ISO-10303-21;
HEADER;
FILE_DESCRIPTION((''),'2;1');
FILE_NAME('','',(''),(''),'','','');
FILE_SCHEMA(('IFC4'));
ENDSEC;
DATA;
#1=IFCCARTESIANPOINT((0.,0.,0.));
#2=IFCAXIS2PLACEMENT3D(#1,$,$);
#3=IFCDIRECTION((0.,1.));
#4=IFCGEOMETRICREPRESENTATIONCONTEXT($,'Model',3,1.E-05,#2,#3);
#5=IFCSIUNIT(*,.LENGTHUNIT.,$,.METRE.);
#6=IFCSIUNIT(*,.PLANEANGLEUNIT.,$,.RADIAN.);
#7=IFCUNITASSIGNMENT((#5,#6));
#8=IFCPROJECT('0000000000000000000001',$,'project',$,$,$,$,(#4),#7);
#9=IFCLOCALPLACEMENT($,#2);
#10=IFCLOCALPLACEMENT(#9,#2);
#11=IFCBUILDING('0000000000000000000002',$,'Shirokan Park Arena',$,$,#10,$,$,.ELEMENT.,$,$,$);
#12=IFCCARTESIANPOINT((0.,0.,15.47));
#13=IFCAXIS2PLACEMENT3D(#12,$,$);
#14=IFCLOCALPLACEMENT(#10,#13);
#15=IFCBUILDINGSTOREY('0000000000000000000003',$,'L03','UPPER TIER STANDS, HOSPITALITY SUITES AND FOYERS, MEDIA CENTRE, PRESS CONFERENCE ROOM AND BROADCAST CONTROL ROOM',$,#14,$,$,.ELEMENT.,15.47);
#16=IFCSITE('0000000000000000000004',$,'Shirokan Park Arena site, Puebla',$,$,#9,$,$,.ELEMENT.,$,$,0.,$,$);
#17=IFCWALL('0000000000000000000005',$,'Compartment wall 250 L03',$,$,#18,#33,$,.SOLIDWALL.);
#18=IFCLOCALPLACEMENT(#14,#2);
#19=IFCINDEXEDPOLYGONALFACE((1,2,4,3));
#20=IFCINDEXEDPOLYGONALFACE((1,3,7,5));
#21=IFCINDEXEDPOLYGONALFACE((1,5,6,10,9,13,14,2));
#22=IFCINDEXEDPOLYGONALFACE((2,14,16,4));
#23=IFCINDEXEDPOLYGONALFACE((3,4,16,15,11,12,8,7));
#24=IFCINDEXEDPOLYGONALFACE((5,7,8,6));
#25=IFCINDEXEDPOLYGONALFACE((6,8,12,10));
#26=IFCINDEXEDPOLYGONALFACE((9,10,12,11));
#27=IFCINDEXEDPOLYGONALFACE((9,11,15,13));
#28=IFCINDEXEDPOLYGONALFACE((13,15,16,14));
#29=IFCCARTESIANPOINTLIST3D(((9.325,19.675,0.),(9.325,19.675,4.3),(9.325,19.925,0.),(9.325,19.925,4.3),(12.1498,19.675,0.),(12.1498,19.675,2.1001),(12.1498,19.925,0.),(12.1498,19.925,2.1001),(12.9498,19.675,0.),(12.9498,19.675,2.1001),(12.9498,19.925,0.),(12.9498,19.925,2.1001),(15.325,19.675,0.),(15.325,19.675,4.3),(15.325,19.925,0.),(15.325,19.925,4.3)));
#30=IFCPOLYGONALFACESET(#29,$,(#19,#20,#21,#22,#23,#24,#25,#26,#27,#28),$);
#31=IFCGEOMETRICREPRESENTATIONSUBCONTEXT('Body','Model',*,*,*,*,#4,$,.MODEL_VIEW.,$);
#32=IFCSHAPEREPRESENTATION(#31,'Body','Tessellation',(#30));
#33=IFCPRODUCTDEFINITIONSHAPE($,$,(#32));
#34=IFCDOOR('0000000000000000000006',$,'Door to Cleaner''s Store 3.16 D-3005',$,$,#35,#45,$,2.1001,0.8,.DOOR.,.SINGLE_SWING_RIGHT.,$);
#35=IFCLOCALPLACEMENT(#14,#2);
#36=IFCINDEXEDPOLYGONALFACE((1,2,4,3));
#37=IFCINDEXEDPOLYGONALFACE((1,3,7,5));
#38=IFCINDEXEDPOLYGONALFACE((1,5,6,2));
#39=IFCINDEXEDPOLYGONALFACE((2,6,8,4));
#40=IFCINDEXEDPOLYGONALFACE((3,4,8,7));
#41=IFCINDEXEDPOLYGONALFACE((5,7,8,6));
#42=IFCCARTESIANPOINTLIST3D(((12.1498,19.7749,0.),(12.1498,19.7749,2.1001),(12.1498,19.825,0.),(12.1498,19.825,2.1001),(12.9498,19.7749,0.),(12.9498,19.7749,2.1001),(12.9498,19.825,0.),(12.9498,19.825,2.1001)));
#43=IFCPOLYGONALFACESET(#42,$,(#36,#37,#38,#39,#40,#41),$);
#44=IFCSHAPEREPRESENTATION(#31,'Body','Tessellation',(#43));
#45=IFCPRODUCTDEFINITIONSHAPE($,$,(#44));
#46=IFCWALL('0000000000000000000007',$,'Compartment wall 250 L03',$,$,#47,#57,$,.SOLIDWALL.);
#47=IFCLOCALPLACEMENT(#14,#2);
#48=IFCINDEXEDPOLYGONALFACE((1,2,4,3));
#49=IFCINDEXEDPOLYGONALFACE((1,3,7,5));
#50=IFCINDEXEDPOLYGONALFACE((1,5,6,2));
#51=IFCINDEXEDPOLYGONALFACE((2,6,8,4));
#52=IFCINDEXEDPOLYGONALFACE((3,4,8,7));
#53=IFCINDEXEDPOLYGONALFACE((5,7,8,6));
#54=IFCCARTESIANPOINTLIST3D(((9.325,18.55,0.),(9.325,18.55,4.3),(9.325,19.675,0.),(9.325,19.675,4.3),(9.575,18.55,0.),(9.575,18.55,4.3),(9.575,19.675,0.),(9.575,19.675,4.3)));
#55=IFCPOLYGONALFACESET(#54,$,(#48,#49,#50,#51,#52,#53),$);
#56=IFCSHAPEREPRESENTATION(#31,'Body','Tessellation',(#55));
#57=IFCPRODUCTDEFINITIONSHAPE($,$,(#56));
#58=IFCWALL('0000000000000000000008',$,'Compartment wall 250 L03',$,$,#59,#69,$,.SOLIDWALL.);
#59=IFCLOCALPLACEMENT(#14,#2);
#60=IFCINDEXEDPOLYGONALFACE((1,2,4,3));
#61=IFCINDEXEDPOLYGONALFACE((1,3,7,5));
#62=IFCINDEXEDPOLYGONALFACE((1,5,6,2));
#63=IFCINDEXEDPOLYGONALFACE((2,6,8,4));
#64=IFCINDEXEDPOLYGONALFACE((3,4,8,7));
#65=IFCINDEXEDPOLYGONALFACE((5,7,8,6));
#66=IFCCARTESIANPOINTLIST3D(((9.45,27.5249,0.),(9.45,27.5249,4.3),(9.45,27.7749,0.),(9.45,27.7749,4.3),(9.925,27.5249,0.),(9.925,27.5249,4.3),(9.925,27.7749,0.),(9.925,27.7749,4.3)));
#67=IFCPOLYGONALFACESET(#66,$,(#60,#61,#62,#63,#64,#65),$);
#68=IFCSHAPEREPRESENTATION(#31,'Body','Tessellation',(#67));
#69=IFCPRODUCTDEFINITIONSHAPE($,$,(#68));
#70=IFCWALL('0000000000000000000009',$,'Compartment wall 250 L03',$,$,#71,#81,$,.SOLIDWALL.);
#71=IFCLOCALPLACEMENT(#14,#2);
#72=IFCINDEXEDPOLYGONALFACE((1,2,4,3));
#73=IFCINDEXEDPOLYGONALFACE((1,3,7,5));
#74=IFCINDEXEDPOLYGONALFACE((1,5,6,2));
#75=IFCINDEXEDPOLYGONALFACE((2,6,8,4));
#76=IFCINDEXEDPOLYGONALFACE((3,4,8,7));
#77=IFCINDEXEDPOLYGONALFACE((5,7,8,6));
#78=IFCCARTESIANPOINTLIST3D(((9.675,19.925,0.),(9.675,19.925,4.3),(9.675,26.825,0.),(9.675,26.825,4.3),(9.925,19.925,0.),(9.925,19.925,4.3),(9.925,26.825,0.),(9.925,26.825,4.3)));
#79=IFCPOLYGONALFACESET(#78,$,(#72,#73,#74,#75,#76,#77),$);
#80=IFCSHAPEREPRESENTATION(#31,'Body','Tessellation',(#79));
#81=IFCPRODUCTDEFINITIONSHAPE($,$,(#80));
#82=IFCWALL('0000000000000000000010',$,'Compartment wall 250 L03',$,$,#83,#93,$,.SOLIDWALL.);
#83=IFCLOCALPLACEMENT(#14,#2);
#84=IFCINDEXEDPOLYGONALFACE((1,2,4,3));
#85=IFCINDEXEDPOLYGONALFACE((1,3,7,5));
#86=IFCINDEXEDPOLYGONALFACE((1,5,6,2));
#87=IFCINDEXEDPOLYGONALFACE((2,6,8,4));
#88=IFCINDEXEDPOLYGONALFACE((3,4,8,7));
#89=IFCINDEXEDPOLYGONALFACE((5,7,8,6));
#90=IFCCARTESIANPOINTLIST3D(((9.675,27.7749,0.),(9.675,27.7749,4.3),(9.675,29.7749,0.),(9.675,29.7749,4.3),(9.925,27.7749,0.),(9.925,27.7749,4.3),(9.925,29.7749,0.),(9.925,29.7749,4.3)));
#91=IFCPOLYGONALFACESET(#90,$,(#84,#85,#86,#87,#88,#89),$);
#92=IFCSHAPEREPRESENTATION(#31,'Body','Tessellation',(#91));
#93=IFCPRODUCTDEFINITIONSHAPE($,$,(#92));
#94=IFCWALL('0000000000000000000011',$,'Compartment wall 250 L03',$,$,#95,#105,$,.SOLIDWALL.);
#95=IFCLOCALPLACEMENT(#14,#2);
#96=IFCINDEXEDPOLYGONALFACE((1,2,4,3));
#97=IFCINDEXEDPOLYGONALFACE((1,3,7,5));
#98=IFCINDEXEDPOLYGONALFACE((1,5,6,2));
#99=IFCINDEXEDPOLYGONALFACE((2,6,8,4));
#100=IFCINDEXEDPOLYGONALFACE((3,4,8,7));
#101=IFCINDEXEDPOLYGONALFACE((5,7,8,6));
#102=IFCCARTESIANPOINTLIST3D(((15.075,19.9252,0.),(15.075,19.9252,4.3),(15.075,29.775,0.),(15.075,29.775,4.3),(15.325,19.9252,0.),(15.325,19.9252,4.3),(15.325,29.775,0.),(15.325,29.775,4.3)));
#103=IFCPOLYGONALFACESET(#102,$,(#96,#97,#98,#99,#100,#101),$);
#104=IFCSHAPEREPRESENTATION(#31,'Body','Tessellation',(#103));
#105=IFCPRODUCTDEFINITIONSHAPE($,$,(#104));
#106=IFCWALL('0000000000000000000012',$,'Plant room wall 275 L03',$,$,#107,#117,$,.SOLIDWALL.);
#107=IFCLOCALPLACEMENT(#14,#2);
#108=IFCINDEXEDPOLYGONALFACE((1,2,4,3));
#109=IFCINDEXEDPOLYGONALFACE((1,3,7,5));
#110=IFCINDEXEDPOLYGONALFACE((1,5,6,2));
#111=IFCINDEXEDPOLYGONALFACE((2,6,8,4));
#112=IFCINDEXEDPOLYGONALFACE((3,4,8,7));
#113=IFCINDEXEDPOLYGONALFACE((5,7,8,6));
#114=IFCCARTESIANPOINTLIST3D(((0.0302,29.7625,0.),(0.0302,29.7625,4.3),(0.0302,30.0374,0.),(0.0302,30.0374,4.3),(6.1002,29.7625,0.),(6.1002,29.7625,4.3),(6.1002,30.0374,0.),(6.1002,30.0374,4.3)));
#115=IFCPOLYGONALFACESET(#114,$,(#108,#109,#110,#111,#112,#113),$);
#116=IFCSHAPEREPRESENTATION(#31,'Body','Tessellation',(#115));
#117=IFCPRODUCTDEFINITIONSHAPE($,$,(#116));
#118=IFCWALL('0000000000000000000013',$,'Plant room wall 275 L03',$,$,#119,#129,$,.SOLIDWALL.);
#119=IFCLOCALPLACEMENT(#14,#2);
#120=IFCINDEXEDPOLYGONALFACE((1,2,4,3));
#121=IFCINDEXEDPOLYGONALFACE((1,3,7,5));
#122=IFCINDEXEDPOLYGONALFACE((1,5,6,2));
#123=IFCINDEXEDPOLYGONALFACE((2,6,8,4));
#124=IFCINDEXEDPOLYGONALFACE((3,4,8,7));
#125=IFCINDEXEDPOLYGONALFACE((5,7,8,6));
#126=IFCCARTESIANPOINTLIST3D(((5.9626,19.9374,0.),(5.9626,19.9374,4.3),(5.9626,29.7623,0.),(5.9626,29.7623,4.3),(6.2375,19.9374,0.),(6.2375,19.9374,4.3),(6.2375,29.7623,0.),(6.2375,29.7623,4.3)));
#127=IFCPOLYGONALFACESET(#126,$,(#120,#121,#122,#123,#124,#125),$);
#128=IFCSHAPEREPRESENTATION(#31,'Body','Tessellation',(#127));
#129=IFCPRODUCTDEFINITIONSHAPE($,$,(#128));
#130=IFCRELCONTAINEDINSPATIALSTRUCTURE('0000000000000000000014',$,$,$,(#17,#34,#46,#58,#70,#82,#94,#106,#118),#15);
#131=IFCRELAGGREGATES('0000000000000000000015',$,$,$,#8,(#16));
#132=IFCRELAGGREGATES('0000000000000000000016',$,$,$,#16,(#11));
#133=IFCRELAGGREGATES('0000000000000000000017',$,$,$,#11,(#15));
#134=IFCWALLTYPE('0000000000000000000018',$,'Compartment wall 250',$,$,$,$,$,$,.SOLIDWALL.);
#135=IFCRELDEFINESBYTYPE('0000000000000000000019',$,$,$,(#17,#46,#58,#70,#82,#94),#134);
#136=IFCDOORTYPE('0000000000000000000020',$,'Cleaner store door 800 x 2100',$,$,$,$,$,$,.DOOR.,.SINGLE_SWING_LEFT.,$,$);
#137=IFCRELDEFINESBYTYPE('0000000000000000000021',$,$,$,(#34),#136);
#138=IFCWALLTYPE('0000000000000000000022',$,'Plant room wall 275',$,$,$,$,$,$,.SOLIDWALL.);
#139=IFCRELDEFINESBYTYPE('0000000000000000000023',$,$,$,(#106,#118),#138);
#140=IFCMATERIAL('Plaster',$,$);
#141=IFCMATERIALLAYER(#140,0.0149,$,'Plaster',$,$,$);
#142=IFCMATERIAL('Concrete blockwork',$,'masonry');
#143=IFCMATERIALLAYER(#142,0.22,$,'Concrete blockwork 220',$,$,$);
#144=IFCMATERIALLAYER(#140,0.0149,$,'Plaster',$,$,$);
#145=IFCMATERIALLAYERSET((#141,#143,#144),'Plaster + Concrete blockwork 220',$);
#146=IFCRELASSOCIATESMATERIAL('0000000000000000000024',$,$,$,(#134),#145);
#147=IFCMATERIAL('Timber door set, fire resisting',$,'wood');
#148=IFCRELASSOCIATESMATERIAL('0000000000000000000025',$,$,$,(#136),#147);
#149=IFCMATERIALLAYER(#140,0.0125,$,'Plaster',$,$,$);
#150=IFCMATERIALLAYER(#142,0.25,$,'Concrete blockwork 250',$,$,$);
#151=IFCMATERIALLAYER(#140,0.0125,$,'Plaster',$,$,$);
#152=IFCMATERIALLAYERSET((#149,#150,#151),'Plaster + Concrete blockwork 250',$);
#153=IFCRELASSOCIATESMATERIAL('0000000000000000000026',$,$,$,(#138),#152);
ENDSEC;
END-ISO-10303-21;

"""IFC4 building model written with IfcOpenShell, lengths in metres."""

from ifc_helpers import new_model, si_unit, direction, frame, frame_2d, origin, place, context, subcontext, project, spatial, rectangle, extrude, material, layer, layer_set, type_object, element, fill, save


model = new_model("IFC4")

# Units and contexts
model_context = context("Model", 3, precision=1e-05, world=origin(), true_north=direction((0.0, 1.0)))
body_context = subcontext(model_context, "Body", "Model", "MODEL_VIEW")
ifc_project = project(units=[si_unit("LENGTHUNIT", "METRE"), si_unit("PLANEANGLEUNIT", "RADIAN")], contexts=[model_context])

# Site, building, storey
site_placement = place(None, origin())
site = spatial("IfcSite", under=ifc_project, at=site_placement, Name="Shirokan Park Arena site, Puebla", CompositionType="ELEMENT", RefElevation=0.0)
building_placement = place(site_placement, origin())
building = spatial("IfcBuilding", under=site, at=building_placement, Name="Shirokan Park Arena", CompositionType="ELEMENT")
storey_placement = place(building_placement, frame((0.0, 0.0, 15.47)))
storey = spatial("IfcBuildingStorey", under=building, at=storey_placement, Name="L03", Description="UPPER TIER STANDS, HOSPITALITY SUITES AND FOYERS, MEDIA CENTRE, PRESS CONFERENCE ROOM AND BROADCAST CONTROL ROOM", CompositionType="ELEMENT", Elevation=15.47)

# Shared definitions
ifc_material_1 = material(Name="Plaster")
ifc_layer_1 = layer(ifc_material_1, 0.0149, Name="Plaster")
ifc_material_2 = material(Name="Concrete blockwork", Category="masonry")
ifc_layer_2 = layer(ifc_material_2, 0.22, Name="Concrete blockwork 220")
ifc_layer_3 = layer(ifc_material_1, 0.0149, Name="Plaster")
ifc_layer_set_1 = layer_set([ifc_layer_1, ifc_layer_2, ifc_layer_3], Name="Plaster + Concrete blockwork 220")
wall_type_1 = type_object("IfcWallType", Name="Compartment wall 250", PredefinedType="SOLIDWALL", material=ifc_layer_set_1)
ifc_material_3 = material(Name="Timber door set, fire resisting", Category="wood")
door_type_1 = type_object("IfcDoorType", Name="Cleaner store door 800 x 2100", OperationType="SINGLE_SWING_LEFT", PredefinedType="DOOR", material=ifc_material_3)

# Wall, opening, door
wall_1_placement = place(storey_placement, frame((9.325, 19.8, 0.0), z_axis=(0.0, 0.0, 1.0), x_axis=(1.0, 0.0, 0.0)))
wall_1 = element("IfcWall", 1, at=wall_1_placement, inside=storey, type_object=wall_type_1, Name="Compartment wall 250 L03", PredefinedType="SOLIDWALL", context=body_context, shape_type="SweptSolid", body=[
    extrude(rectangle(XDim=6.0, YDim=0.25, at=frame_2d((3.0, 0.0))), origin(), (0.0, 0.0, 1.0), 4.3),
])
opening_1_placement = place(wall_1_placement, frame((2.825, 0.0, 0.0)))
opening_1 = element("IfcOpeningElement", 2, at=opening_1_placement, cuts=wall_1, PredefinedType="OPENING", context=body_context, shape_type="SweptSolid", body=[
    extrude(rectangle(XDim=0.8, YDim=2.1001, at=frame_2d((0.3999, 1.05))), frame((0.0, 0.135, 0.0), z_axis=(0.0, -1.0, 0.0), x_axis=(1.0, 0.0, 0.0)), (0.0, 0.0, 1.0), 0.27),
])
door_1_placement = place(opening_1_placement, origin())
door_1 = element("IfcDoor", 3, at=door_1_placement, inside=storey, type_object=door_type_1, Name="Door to Cleaner's Store 3.16 D-3005", OperationType="SINGLE_SWING_RIGHT", OverallHeight=2.1001, OverallWidth=0.8, PredefinedType="DOOR", context=body_context, shape_type="SweptSolid", body=[
    extrude(rectangle(XDim=0.8, YDim=2.1001, at=frame_2d((0.3999, 1.05))), frame((0.0, 0.0249, 0.0), z_axis=(0.0, -1.0, 0.0), x_axis=(1.0, 0.0, 0.0)), (0.0, 0.0, 1.0), 0.05),
])
fill(opening_1, door_1)

# Walls
wall_2_placement = place(storey_placement, frame((9.45, 18.55, 0.0), z_axis=(0.0, 0.0, 1.0), x_axis=(0.0, 1.0, 0.0)))
element("IfcWall", 4, at=wall_2_placement, inside=storey, type_object=wall_type_1, Name="Compartment wall 250 L03", PredefinedType="SOLIDWALL", context=body_context, shape_type="SweptSolid", body=[
    extrude(rectangle(XDim=1.125, YDim=0.25, at=frame_2d((0.5625, 0.0))), origin(), (0.0, 0.0, 1.0), 4.3),
])
wall_3_placement = place(storey_placement, frame((9.45, 27.6499, 0.0), z_axis=(0.0, 0.0, 1.0), x_axis=(1.0, 0.0, 0.0)))
element("IfcWall", 5, at=wall_3_placement, inside=storey, type_object=wall_type_1, Name="Compartment wall 250 L03", PredefinedType="SOLIDWALL", context=body_context, shape_type="SweptSolid", body=[
    extrude(rectangle(XDim=0.4751, YDim=0.25, at=frame_2d((0.2375, 0.0))), origin(), (0.0, 0.0, 1.0), 4.3),
])
wall_4_placement = place(storey_placement, frame((9.8, 19.925, 0.0), z_axis=(0.0, 0.0, 1.0), x_axis=(0.0, 1.0, 0.0)))
element("IfcWall", 6, at=wall_4_placement, inside=storey, type_object=wall_type_1, Name="Compartment wall 250 L03", PredefinedType="SOLIDWALL", context=body_context, shape_type="SweptSolid", body=[
    extrude(rectangle(XDim=6.8999, YDim=0.25, at=frame_2d((3.45, 0.0))), origin(), (0.0, 0.0, 1.0), 4.3),
])
wall_5_placement = place(storey_placement, frame((9.8, 27.7749, 0.0), z_axis=(0.0, 0.0, 1.0), x_axis=(0.0, 1.0, 0.0)))
element("IfcWall", 7, at=wall_5_placement, inside=storey, type_object=wall_type_1, Name="Compartment wall 250 L03", PredefinedType="SOLIDWALL", context=body_context, shape_type="SweptSolid", body=[
    extrude(rectangle(XDim=2.0, YDim=0.25, at=frame_2d((1.0, 0.0))), origin(), (0.0, 0.0, 1.0), 4.3),
])
wall_6_placement = place(storey_placement, frame((15.2, 29.7749, 0.0), z_axis=(0.0, 0.0, 1.0), x_axis=(0.0, -1.0, 0.0)))
element("IfcWall", 8, at=wall_6_placement, inside=storey, type_object=wall_type_1, Name="Compartment wall 250 L03", PredefinedType="SOLIDWALL", context=body_context, shape_type="SweptSolid", body=[
    extrude(rectangle(XDim=9.8499, YDim=0.25, at=frame_2d((4.9248, 0.0))), origin(), (0.0, 0.0, 1.0), 4.3),
])
ifc_layer_4 = layer(ifc_material_1, 0.0125, Name="Plaster")
ifc_layer_5 = layer(ifc_material_2, 0.25, Name="Concrete blockwork 250")
ifc_layer_6 = layer(ifc_material_1, 0.0125, Name="Plaster")
ifc_layer_set_2 = layer_set([ifc_layer_4, ifc_layer_5, ifc_layer_6], Name="Plaster + Concrete blockwork 250")
wall_type_2 = type_object("IfcWallType", Name="Plant room wall 275", PredefinedType="SOLIDWALL", material=ifc_layer_set_2)
wall_7_placement = place(storey_placement, frame((0.03, 29.8999, 0.0), z_axis=(0.0, 0.0, 1.0), x_axis=(1.0, 0.0, 0.0)))
element("IfcWall", 9, at=wall_7_placement, inside=storey, type_object=wall_type_2, Name="Plant room wall 275 L03", PredefinedType="SOLIDWALL", context=body_context, shape_type="SweptSolid", body=[
    extrude(rectangle(XDim=6.0701, YDim=0.2749, at=frame_2d((3.0352, 0.0))), origin(), (0.0, 0.0, 1.0), 4.3),
])

# Wall
wall_8_placement = place(storey_placement, frame((6.1001, 29.7625, 0.0), z_axis=(0.0, 0.0, 1.0), x_axis=(0.0, -1.0, 0.0)))
element("IfcWall", 10, at=wall_8_placement, inside=storey, type_object=wall_type_2, Name="Plant room wall 275 L03", PredefinedType="SOLIDWALL", context=body_context, shape_type="SweptSolid", body=[
    extrude(rectangle(XDim=9.825, YDim=0.2749, at=frame_2d((4.9126, 0.0))), origin(), (0.0, 0.0, 1.0), 4.3),
])

save(model, "model.ifc")
